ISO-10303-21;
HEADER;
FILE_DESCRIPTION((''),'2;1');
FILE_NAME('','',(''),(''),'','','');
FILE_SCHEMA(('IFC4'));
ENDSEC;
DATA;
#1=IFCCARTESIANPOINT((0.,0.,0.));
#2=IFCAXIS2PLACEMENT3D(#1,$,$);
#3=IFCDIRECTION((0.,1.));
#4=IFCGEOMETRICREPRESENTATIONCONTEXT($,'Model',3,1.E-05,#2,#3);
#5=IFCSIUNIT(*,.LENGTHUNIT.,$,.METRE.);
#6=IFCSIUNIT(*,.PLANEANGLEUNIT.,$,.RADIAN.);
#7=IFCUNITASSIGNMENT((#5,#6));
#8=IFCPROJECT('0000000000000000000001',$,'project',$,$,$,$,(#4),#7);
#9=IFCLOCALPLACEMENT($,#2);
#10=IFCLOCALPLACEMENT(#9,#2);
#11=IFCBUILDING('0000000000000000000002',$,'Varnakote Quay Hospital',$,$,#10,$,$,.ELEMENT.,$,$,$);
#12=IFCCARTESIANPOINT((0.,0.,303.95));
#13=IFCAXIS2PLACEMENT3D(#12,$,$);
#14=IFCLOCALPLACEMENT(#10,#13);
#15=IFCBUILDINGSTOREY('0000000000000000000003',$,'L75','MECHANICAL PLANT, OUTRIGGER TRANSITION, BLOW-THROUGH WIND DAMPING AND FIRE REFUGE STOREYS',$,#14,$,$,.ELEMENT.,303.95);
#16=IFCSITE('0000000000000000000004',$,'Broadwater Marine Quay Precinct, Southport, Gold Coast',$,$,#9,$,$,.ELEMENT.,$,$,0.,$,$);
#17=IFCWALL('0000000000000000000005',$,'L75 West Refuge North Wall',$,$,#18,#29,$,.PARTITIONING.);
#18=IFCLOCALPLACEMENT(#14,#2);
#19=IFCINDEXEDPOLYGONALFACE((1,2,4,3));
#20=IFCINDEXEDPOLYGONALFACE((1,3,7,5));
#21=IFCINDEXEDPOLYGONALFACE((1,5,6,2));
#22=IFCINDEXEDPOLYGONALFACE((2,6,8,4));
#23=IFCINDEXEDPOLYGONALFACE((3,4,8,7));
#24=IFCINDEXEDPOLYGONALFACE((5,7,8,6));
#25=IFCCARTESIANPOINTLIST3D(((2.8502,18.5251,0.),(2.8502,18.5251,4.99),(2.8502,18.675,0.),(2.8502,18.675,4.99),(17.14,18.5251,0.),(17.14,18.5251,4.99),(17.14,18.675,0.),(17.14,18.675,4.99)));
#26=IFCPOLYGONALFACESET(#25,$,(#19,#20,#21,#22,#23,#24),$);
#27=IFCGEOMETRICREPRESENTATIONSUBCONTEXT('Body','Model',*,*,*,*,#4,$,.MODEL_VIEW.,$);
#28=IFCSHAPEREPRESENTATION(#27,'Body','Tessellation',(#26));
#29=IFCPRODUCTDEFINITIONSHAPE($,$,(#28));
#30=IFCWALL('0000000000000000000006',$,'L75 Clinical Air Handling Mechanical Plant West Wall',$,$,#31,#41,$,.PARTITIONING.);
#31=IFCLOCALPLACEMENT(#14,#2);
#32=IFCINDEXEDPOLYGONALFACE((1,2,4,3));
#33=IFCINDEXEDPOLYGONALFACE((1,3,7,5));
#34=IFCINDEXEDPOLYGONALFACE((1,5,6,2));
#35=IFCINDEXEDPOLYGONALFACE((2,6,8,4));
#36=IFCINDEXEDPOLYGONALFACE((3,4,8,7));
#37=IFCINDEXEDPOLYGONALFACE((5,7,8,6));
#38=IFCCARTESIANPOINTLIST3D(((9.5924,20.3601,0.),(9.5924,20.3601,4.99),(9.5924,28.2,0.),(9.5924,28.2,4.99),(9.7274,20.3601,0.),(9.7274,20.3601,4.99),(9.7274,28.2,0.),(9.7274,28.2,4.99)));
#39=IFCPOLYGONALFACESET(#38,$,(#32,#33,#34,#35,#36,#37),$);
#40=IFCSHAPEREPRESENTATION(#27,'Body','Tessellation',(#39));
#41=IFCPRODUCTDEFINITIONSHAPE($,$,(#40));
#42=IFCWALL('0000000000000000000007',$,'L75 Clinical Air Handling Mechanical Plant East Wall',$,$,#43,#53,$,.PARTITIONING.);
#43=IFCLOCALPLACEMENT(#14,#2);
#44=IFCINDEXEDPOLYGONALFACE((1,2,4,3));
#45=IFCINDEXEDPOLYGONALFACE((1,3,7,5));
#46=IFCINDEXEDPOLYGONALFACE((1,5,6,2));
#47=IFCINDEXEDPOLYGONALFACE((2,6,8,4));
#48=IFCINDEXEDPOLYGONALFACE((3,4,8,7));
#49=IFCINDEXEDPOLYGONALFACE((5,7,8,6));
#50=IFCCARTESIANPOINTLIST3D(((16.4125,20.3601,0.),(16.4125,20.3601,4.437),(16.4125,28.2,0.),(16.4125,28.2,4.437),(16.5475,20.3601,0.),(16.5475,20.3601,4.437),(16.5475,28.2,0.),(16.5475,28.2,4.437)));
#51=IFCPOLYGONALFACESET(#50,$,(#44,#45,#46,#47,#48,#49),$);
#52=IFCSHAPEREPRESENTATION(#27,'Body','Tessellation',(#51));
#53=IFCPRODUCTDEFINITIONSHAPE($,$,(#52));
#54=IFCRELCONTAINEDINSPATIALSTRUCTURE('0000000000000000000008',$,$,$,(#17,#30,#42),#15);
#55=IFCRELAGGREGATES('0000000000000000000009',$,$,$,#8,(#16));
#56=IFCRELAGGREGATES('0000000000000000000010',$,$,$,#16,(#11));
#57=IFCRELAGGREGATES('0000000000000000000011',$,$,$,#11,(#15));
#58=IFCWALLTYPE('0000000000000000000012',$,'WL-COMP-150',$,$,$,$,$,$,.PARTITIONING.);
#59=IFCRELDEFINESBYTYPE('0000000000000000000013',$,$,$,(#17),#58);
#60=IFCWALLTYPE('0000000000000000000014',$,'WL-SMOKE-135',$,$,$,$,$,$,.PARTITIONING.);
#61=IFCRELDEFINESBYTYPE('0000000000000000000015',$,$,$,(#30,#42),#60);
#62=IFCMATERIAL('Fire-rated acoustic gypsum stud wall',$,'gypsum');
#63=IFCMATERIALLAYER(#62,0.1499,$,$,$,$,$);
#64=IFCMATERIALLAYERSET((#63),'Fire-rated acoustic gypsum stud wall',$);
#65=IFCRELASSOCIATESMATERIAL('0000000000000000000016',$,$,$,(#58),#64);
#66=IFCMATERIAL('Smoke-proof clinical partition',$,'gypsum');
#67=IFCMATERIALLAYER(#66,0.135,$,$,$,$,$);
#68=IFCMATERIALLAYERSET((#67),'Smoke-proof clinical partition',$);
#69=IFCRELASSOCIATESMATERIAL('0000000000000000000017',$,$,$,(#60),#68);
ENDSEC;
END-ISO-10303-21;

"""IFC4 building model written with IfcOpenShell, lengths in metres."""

from ifc_helpers import new_model, si_unit, direction, frame, frame_2d, origin, place, context, subcontext, project, spatial, rectangle, extrude, material, layer, layer_set, type_object, element, save


model = new_model("IFC4")

# Units and contexts
model_context = context("Model", 3, precision=1e-05, world=origin(), true_north=direction((0.0, 1.0)))
body_context = subcontext(model_context, "Body", "Model", "MODEL_VIEW")
ifc_project = project(units=[si_unit("LENGTHUNIT", "METRE"), si_unit("PLANEANGLEUNIT", "RADIAN")], contexts=[model_context])

# Site, building, storey
site_placement = place(None, origin())
site = spatial("IfcSite", under=ifc_project, at=site_placement, Name="Broadwater Marine Quay Precinct, Southport, Gold Coast", CompositionType="ELEMENT", RefElevation=0.0)
building_placement = place(site_placement, origin())
building = spatial("IfcBuilding", under=site, at=building_placement, Name="Varnakote Quay Hospital", CompositionType="ELEMENT")
storey_placement = place(building_placement, frame((0.0, 0.0, 303.95)))
storey = spatial("IfcBuildingStorey", under=building, at=storey_placement, Name="L75", Description="MECHANICAL PLANT, OUTRIGGER TRANSITION, BLOW-THROUGH WIND DAMPING AND FIRE REFUGE STOREYS", CompositionType="ELEMENT", Elevation=303.95)

# Walls
ifc_material_1 = material(Name="Fire-rated acoustic gypsum stud wall", Category="gypsum")
ifc_layer_1 = layer(ifc_material_1, 0.1499)
ifc_layer_set_1 = layer_set([ifc_layer_1], Name="Fire-rated acoustic gypsum stud wall")
wall_type_1 = type_object("IfcWallType", Name="WL-COMP-150", PredefinedType="PARTITIONING", material=ifc_layer_set_1)
wall_1_placement = place(storey_placement, frame((2.8501, 18.6001, 0.0), z_axis=(0.0, 0.0, 1.0), x_axis=(1.0, 0.0, 0.0)))
element("IfcWall", 1, at=wall_1_placement, inside=storey, type_object=wall_type_1, Name="L75 West Refuge North Wall", PredefinedType="PARTITIONING", context=body_context, shape_type="SweptSolid", body=[
    extrude(rectangle(XDim=14.2898, YDim=0.1499, at=frame_2d((7.145, 0.0))), origin(), (0.0, 0.0, 1.0), 4.99),
])
ifc_material_2 = material(Name="Smoke-proof clinical partition", Category="gypsum")
ifc_layer_2 = layer(ifc_material_2, 0.135)
ifc_layer_set_2 = layer_set([ifc_layer_2], Name="Smoke-proof clinical partition")
wall_type_2 = type_object("IfcWallType", Name="WL-SMOKE-135", PredefinedType="PARTITIONING", material=ifc_layer_set_2)
wall_2_placement = place(storey_placement, frame((9.6599, 20.3601, 0.0), z_axis=(0.0, 0.0, 1.0), x_axis=(0.0, 1.0, 0.0)))
element("IfcWall", 2, at=wall_2_placement, inside=storey, type_object=wall_type_2, Name="L75 Clinical Air Handling Mechanical Plant West Wall", PredefinedType="PARTITIONING", context=body_context, shape_type="SweptSolid", body=[
    extrude(rectangle(XDim=7.8398, YDim=0.135, at=frame_2d((3.9199, 0.0))), origin(), (0.0, 0.0, 1.0), 4.99),
])
wall_3_placement = place(storey_placement, frame((16.48, 20.3601, 0.0), z_axis=(0.0, 0.0, 1.0), x_axis=(0.0, 1.0, 0.0)))
element("IfcWall", 3, at=wall_3_placement, inside=storey, type_object=wall_type_2, Name="L75 Clinical Air Handling Mechanical Plant East Wall", PredefinedType="PARTITIONING", context=body_context, shape_type="SweptSolid", body=[
    extrude(rectangle(XDim=7.8398, YDim=0.135, at=frame_2d((3.9199, 0.0))), origin(), (0.0, 0.0, 1.0), 4.437),
])

save(model, "model.ifc")
